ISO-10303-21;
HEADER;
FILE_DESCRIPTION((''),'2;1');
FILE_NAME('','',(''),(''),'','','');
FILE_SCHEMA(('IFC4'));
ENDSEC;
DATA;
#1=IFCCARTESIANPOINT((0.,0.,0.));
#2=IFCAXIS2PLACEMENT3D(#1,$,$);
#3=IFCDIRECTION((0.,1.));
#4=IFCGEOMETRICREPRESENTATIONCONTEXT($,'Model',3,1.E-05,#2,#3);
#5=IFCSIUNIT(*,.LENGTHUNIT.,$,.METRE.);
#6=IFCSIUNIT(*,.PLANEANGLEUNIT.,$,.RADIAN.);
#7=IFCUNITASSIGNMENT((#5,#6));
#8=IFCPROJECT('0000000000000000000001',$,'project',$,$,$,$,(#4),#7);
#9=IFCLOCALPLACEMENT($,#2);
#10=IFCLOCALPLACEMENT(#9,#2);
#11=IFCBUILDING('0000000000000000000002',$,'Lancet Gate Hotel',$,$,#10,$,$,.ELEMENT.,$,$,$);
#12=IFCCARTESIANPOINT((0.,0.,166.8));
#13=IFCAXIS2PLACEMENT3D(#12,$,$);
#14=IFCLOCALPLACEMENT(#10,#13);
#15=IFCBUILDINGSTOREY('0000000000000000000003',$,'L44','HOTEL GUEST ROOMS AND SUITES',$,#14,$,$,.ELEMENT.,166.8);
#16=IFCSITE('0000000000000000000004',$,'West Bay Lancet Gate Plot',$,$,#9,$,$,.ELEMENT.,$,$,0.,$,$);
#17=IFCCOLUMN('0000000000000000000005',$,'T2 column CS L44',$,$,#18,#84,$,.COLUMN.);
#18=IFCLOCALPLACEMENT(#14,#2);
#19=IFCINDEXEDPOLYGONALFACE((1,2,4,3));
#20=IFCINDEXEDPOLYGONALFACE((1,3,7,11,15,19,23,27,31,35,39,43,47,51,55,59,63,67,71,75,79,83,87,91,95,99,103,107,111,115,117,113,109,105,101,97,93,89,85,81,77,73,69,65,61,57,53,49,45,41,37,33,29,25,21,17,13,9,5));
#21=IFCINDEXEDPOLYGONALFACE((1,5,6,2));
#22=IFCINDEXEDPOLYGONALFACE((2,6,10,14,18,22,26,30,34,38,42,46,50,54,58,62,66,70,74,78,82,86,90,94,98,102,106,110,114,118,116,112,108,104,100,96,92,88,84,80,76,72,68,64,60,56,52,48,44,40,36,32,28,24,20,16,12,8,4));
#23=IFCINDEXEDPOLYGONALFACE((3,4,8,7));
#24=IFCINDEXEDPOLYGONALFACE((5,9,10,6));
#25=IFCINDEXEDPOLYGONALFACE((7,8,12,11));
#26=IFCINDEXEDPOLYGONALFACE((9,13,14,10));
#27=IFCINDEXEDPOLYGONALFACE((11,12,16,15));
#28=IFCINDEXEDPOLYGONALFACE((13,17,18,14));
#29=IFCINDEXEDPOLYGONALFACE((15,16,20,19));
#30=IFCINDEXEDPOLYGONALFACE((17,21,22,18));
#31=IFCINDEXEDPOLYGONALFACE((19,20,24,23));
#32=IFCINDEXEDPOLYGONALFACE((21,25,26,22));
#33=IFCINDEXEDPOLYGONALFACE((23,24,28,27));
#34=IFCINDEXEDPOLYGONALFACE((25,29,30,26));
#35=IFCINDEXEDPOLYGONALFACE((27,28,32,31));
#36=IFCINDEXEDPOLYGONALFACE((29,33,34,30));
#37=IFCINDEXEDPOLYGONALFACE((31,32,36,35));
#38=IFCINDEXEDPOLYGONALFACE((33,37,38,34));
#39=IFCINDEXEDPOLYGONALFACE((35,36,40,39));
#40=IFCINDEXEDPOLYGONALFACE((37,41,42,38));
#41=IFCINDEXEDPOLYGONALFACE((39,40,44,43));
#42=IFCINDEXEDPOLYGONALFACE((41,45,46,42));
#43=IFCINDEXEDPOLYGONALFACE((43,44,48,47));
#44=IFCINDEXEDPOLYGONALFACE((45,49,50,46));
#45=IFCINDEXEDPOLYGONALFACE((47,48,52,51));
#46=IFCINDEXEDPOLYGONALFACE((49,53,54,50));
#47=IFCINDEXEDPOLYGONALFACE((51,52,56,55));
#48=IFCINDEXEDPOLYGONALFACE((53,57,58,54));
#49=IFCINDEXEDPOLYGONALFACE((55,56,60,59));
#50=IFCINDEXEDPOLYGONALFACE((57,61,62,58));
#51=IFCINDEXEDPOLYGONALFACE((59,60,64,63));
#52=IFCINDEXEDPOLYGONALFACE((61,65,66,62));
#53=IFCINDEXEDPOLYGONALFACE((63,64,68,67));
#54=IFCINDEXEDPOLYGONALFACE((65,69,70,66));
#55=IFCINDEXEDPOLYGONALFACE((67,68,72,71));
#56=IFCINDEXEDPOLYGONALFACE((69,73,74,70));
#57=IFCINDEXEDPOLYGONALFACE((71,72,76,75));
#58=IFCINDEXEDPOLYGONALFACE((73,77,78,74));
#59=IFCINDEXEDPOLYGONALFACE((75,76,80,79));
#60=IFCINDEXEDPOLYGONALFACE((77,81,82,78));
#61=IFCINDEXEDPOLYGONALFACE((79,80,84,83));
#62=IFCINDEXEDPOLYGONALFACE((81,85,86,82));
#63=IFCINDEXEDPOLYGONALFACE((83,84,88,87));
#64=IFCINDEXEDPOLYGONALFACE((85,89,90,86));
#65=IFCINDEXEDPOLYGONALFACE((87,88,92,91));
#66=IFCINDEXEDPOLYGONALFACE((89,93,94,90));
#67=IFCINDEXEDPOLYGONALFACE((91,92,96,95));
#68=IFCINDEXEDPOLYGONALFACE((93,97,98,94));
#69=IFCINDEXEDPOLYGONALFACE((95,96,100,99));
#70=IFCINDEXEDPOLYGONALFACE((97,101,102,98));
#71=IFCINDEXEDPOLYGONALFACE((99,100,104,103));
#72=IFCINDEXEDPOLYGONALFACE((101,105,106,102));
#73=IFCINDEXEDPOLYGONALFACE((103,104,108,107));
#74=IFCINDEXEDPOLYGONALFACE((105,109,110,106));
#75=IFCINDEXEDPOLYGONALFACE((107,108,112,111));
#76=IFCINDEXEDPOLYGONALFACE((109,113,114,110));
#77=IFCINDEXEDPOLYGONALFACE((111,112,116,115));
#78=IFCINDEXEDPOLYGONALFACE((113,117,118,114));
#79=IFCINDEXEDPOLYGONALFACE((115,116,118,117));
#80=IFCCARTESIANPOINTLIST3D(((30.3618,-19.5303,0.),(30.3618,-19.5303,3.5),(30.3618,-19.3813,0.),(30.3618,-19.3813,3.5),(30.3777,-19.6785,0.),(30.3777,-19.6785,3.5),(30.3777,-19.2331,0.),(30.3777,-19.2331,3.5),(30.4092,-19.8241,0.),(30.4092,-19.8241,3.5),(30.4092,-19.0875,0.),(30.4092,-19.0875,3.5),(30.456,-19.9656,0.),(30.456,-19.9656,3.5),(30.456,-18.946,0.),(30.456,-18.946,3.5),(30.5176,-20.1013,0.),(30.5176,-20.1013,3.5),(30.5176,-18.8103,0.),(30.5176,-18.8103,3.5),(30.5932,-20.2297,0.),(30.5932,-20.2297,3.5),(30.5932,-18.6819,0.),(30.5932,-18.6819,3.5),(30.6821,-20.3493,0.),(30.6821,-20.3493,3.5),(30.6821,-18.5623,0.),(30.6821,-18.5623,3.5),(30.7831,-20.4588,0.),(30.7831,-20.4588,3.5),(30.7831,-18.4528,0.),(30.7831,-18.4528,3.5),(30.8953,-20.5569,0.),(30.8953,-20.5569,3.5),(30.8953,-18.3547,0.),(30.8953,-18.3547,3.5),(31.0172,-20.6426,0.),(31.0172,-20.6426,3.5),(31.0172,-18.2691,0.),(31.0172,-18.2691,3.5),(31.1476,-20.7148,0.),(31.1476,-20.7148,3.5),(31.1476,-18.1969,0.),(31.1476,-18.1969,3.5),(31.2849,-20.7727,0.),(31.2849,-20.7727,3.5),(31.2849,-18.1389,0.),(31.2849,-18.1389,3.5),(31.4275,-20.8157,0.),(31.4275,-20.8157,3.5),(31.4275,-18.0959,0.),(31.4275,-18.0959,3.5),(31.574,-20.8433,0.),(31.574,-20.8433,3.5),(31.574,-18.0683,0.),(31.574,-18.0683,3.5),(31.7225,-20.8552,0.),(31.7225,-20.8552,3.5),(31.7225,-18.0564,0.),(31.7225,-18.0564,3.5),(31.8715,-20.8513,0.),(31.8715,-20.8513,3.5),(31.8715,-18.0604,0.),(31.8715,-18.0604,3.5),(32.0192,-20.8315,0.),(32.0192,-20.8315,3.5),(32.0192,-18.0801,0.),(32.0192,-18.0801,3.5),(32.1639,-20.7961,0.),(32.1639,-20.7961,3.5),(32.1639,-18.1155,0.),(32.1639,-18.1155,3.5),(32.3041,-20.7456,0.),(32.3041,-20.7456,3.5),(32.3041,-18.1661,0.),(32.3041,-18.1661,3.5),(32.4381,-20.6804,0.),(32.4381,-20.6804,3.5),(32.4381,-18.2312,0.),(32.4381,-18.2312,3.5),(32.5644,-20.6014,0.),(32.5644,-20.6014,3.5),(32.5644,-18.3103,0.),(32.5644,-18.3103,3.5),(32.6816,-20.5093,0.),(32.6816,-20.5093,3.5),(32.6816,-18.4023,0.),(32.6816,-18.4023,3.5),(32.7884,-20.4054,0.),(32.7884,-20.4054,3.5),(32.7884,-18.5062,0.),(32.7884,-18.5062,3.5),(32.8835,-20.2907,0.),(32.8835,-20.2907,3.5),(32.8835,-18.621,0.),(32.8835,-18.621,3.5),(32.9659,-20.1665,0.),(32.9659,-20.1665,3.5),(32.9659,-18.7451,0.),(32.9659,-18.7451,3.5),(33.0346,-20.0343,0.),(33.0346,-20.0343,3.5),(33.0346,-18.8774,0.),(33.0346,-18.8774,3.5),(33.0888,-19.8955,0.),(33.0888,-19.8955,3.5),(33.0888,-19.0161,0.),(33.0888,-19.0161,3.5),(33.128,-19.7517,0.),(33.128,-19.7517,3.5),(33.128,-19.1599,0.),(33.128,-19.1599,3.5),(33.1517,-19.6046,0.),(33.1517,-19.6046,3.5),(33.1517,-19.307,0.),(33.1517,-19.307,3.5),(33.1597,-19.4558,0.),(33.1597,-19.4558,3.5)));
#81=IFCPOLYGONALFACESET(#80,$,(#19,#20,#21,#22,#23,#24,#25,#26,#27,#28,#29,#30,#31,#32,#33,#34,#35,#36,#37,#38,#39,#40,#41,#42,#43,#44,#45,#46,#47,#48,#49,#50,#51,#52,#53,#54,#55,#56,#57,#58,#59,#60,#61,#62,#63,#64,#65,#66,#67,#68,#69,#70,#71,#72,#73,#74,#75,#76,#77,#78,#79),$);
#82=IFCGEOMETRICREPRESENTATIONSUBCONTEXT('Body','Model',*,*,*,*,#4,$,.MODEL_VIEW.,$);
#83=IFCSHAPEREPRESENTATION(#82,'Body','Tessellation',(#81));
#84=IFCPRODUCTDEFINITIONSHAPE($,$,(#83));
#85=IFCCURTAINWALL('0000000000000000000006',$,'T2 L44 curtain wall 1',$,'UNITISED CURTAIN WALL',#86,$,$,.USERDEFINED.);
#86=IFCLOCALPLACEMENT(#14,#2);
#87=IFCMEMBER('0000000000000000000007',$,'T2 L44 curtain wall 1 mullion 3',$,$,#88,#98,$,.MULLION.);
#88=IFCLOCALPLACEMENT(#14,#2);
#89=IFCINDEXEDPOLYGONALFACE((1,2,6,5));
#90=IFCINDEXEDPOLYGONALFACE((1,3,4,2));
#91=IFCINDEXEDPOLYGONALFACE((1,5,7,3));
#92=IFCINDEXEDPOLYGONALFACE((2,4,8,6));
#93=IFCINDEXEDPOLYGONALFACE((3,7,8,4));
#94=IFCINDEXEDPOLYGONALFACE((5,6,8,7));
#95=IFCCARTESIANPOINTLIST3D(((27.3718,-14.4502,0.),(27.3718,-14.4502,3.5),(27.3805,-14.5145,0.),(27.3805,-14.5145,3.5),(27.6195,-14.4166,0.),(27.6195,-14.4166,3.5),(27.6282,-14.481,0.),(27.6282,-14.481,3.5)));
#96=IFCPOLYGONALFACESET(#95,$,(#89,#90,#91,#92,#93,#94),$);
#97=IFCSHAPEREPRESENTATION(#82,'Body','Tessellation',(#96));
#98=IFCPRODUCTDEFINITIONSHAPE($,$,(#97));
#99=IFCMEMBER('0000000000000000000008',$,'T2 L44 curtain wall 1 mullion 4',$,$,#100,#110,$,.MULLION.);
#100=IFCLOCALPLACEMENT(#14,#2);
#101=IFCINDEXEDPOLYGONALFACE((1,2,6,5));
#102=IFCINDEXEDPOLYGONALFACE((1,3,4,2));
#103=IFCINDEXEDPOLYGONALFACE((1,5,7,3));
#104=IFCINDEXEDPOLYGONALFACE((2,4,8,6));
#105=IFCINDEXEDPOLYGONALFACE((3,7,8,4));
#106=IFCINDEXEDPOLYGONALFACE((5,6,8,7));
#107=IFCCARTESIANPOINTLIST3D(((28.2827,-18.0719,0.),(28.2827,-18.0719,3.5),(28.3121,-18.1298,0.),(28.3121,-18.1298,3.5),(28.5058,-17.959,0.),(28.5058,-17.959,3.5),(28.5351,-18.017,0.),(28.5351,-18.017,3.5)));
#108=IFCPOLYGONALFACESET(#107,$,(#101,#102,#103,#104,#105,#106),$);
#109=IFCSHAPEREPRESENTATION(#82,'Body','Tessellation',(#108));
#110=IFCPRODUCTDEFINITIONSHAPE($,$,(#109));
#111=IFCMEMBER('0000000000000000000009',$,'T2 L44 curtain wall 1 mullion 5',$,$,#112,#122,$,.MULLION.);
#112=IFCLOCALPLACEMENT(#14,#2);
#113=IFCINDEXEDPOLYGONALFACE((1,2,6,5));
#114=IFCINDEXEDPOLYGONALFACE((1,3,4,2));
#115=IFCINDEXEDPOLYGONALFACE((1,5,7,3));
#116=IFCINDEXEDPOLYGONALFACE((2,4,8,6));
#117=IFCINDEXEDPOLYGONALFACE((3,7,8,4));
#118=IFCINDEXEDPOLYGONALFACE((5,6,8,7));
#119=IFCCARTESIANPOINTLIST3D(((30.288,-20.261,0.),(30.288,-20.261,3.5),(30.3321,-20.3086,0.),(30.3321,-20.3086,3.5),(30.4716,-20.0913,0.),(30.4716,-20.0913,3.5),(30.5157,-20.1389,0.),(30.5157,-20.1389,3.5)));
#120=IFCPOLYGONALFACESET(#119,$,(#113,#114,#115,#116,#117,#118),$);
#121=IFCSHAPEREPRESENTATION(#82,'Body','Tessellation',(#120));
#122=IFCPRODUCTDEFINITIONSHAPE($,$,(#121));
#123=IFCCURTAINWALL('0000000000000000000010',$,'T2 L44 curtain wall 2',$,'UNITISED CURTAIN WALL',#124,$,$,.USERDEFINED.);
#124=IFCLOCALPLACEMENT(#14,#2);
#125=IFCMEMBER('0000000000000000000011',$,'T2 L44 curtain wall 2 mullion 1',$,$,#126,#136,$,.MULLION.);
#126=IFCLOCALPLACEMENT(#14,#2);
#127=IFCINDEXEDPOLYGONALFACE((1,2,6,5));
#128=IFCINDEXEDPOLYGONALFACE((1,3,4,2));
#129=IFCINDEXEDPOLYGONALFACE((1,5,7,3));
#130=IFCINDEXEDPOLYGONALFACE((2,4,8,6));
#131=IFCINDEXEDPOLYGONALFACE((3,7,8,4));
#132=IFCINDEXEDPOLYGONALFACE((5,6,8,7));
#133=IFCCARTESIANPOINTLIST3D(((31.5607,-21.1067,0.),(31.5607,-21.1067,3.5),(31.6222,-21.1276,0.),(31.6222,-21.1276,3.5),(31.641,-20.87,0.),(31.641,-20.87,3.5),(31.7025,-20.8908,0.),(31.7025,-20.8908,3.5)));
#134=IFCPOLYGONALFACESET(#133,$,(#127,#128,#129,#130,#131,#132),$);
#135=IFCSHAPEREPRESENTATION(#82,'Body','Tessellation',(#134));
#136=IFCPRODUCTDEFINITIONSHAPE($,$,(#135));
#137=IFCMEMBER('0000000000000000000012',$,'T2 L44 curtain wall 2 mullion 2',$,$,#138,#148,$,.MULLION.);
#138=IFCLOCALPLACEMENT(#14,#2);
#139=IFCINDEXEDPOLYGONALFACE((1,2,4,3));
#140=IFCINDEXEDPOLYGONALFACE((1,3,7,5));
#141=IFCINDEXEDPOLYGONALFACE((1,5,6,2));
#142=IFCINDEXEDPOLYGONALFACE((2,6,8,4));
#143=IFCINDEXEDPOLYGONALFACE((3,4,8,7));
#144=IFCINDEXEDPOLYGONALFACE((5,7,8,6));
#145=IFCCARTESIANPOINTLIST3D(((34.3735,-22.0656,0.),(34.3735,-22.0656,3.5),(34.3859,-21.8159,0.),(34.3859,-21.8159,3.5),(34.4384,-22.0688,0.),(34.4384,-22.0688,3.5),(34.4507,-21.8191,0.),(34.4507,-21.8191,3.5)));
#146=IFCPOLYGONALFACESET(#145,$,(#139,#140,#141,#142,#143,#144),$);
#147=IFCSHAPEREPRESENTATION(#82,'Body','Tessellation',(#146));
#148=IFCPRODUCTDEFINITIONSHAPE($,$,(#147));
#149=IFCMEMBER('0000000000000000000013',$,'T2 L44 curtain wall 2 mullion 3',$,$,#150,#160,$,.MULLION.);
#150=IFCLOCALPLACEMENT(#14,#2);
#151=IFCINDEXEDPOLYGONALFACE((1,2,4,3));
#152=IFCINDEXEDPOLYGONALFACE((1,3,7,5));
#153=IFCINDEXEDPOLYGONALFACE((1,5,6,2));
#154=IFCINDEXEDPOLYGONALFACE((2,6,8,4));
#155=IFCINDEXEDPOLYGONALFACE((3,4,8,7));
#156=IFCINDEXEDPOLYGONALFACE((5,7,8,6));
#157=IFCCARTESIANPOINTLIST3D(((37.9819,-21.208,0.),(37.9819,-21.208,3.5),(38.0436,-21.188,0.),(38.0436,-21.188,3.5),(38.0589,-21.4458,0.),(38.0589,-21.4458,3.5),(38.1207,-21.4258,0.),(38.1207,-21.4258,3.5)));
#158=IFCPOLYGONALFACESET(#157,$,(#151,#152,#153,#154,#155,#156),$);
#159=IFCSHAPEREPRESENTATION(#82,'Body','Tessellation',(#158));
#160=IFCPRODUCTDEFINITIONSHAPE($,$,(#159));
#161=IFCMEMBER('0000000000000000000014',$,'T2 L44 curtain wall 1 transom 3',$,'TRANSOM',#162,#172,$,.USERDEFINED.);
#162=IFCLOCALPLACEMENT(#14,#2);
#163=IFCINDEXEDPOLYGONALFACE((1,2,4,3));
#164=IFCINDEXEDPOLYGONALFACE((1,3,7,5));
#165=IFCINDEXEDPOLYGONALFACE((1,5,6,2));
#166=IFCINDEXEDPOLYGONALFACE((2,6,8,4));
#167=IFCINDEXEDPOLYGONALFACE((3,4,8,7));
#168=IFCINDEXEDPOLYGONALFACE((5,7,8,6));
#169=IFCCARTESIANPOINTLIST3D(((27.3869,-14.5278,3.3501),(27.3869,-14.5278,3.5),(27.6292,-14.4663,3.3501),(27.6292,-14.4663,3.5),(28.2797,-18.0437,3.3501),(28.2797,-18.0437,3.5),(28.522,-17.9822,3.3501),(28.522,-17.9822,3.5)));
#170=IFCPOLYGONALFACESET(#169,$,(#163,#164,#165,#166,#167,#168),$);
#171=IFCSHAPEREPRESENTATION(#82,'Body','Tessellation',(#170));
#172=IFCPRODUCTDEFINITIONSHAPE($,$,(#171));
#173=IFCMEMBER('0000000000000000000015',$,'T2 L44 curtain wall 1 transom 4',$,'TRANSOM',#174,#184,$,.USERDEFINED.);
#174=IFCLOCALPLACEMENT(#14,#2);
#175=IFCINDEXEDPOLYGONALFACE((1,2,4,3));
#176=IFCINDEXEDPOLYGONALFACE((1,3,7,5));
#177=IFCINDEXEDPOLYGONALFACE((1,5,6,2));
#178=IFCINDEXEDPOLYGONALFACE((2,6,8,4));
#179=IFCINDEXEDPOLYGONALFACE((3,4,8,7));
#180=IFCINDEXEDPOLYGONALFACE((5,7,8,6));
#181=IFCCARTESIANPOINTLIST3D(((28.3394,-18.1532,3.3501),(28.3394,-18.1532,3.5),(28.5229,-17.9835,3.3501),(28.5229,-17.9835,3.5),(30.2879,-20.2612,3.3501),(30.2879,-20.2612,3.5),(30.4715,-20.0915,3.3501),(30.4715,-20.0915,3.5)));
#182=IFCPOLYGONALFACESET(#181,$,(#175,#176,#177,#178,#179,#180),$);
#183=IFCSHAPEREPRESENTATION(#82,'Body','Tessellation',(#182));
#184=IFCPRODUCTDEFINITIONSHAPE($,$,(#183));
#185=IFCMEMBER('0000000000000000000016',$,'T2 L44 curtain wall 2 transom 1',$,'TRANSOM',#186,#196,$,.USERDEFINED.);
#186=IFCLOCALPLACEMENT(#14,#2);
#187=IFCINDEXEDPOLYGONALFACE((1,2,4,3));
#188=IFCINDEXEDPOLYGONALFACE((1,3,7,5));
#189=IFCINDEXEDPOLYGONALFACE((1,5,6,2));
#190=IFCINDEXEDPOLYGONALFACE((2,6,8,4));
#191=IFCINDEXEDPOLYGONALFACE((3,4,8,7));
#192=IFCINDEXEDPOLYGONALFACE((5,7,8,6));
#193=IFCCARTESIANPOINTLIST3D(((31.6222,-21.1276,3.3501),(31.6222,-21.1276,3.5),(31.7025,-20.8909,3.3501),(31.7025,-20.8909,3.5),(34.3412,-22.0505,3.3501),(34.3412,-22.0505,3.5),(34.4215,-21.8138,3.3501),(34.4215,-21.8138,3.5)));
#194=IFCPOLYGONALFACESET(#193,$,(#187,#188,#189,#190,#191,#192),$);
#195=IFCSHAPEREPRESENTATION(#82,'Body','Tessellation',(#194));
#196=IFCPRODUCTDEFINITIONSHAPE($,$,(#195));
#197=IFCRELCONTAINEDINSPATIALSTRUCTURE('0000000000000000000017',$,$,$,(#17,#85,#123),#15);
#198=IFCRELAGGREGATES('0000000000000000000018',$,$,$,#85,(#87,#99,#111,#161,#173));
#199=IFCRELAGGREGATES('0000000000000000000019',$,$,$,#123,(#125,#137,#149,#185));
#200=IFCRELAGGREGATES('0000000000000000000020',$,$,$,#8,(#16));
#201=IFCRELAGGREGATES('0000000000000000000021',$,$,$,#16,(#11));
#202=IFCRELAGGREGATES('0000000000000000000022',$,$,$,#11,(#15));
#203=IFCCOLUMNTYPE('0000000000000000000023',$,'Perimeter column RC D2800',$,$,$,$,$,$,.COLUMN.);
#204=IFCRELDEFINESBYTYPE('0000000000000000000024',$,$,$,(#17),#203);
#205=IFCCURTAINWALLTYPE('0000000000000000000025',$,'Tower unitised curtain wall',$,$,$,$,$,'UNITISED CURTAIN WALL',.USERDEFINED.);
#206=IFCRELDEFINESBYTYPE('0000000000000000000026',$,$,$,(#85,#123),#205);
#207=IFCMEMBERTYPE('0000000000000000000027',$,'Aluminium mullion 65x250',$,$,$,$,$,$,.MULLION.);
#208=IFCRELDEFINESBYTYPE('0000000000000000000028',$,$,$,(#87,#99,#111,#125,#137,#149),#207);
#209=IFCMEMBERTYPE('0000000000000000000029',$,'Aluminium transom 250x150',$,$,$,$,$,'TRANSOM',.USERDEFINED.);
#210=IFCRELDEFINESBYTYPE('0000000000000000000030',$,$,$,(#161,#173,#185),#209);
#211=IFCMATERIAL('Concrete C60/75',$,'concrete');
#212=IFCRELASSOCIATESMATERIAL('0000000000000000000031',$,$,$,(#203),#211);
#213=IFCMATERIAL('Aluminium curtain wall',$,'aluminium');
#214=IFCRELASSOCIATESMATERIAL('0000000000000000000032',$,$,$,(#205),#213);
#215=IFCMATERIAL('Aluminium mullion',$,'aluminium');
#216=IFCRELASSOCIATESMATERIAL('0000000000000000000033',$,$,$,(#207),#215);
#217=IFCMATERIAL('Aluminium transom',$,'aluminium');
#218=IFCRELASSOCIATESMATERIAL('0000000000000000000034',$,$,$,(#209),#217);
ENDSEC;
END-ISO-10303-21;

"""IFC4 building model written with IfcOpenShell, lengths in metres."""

from ifc_helpers import new_model, si_unit, direction, frame, origin, origin_2d, place, context, subcontext, project, spatial, rectangle, circle, extrude, material, material_profile, profile_set, type_object, element, aggregate, save


model = new_model("IFC4")

# Units and contexts
model_context = context("Model", 3, precision=1e-05, world=origin(), true_north=direction((0.0, 1.0)))
body_context = subcontext(model_context, "Body", "Model", "MODEL_VIEW")
ifc_project = project(units=[si_unit("LENGTHUNIT", "METRE"), si_unit("PLANEANGLEUNIT", "RADIAN")], contexts=[model_context])

# Site, building, storey
site_placement = place(None, origin())
site = spatial("IfcSite", under=ifc_project, at=site_placement, Name="West Bay Lancet Gate Plot", CompositionType="ELEMENT", RefElevation=0.0)
building_placement = place(site_placement, origin())
building = spatial("IfcBuilding", under=site, at=building_placement, Name="Lancet Gate Hotel", CompositionType="ELEMENT")
storey_placement = place(building_placement, frame((0.0, 0.0, 166.8)))
storey = spatial("IfcBuildingStorey", under=building, at=storey_placement, Name="L44", Description="HOTEL GUEST ROOMS AND SUITES", CompositionType="ELEMENT", Elevation=166.8)

# Column
ifc_material_1 = material(Name="Concrete C60/75", Category="concrete")
ifc_material_profile_1 = material_profile(ifc_material_1, circle(Radius=1.3999, at=origin_2d()), Name="RC D2800")
ifc_profile_set_1 = profile_set([ifc_material_profile_1], Name="Concrete C60/75")
column_type = type_object("IfcColumnType", Name="Perimeter column RC D2800", PredefinedType="COLUMN", material=ifc_profile_set_1)
column_placement = place(storey_placement, frame((31.7598, -19.4558, 0.0), z_axis=(0.0, 0.0, 1.0), x_axis=(1.0, 0.0, 0.0)))
element("IfcColumn", 1, at=column_placement, inside=storey, type_object=column_type, Name="T2 column CS L44", PredefinedType="COLUMN", context=body_context, shape_type="SweptSolid", body=[
    extrude(circle(Radius=1.3999, at=origin_2d()), origin(), (0.0, 0.0, 1.0), 3.5),
])

# Curtain walls, members
ifc_material_2 = material(Name="Aluminium curtain wall", Category="aluminium")
curtain_wall_type = type_object("IfcCurtainWallType", Name="Tower unitised curtain wall", ElementType="UNITISED CURTAIN WALL", PredefinedType="USERDEFINED", material=ifc_material_2)
curtain_wall_1_placement = place(storey_placement, origin())
curtain_wall_1 = element("IfcCurtainWall", 2, at=curtain_wall_1_placement, inside=storey, type_object=curtain_wall_type, Name="T2 L44 curtain wall 1", ObjectType="UNITISED CURTAIN WALL", PredefinedType="USERDEFINED")
ifc_material_3 = material(Name="Aluminium mullion", Category="aluminium")
ifc_material_profile_2 = material_profile(ifc_material_3, rectangle(XDim=0.0649, YDim=0.25, at=origin_2d()), Name="MULLION 65x250")
ifc_profile_set_2 = profile_set([ifc_material_profile_2], Name="Aluminium mullion")
member_type_1 = type_object("IfcMemberType", Name="Aluminium mullion 65x250", PredefinedType="MULLION", material=ifc_profile_set_2)
member_1_placement = place(storey_placement, frame((27.5, -14.4656, 0.0), z_axis=(0.0, 0.0, 1.0), x_axis=(0.134207, -0.990953, 0.0)))
member_1 = element("IfcMember", 3, at=member_1_placement, type_object=member_type_1, Name="T2 L44 curtain wall 1 mullion 3", PredefinedType="MULLION", context=body_context, shape_type="SweptSolid", body=[
    extrude(rectangle(XDim=0.0649, YDim=0.25, at=origin_2d()), origin(), (0.0, 0.0, 1.0), 3.5),
])
member_2_placement = place(storey_placement, frame((28.4089, -18.0444, 0.0), z_axis=(0.0, 0.0, 1.0), x_axis=(0.451506, -0.892268, 0.0)))
member_2 = element("IfcMember", 4, at=member_2_placement, type_object=member_type_1, Name="T2 L44 curtain wall 1 mullion 4", PredefinedType="MULLION", context=body_context, shape_type="SweptSolid", body=[
    extrude(rectangle(XDim=0.0649, YDim=0.25, at=origin_2d()), origin(), (0.0, 0.0, 1.0), 3.5),
])
member_3_placement = place(storey_placement, frame((30.4019, -20.2, 0.0), z_axis=(0.0, 0.0, 1.0), x_axis=(0.678831, -0.734294, 0.0)))
member_3 = element("IfcMember", 5, at=member_3_placement, type_object=member_type_1, Name="T2 L44 curtain wall 1 mullion 5", PredefinedType="MULLION", context=body_context, shape_type="SweptSolid", body=[
    extrude(rectangle(XDim=0.0649, YDim=0.25, at=origin_2d()), origin(), (0.0, 0.0, 1.0), 3.5),
])
curtain_wall_2_placement = place(storey_placement, origin())
curtain_wall_2 = element("IfcCurtainWall", 6, at=curtain_wall_2_placement, inside=storey, type_object=curtain_wall_type, Name="T2 L44 curtain wall 2", ObjectType="UNITISED CURTAIN WALL", PredefinedType="USERDEFINED")
member_4_placement = place(storey_placement, frame((31.6316, -20.9988, 0.0), z_axis=(0.0, 0.0, 1.0), x_axis=(0.946952, -0.321374, 0.0)))
member_4 = element("IfcMember", 7, at=member_4_placement, type_object=member_type_1, Name="T2 L44 curtain wall 2 mullion 1", PredefinedType="MULLION", context=body_context, shape_type="SweptSolid", body=[
    extrude(rectangle(XDim=0.0649, YDim=0.25, at=origin_2d()), origin(), (0.0, 0.0, 1.0), 3.5),
])
member_5_placement = place(storey_placement, frame((34.4121, -21.9424, 0.0), z_axis=(0.0, 0.0, 1.0), x_axis=(0.998776, -0.049471, 0.0)))
member_5 = element("IfcMember", 8, at=member_5_placement, type_object=member_type_1, Name="T2 L44 curtain wall 2 mullion 2", PredefinedType="MULLION", context=body_context, shape_type="SweptSolid", body=[
    extrude(rectangle(XDim=0.0649, YDim=0.25, at=origin_2d()), origin(), (0.0, 0.0, 1.0), 3.5),
])
member_6_placement = place(storey_placement, frame((38.0513, -21.3169, 0.0), z_axis=(0.0, 0.0, 1.0), x_axis=(0.951355, 0.308095, 0.0)))
member_6 = element("IfcMember", 9, at=member_6_placement, type_object=member_type_1, Name="T2 L44 curtain wall 2 mullion 3", PredefinedType="MULLION", context=body_context, shape_type="SweptSolid", body=[
    extrude(rectangle(XDim=0.0649, YDim=0.25, at=origin_2d()), origin(), (0.0, 0.0, 1.0), 3.5),
])

# Members
ifc_material_4 = material(Name="Aluminium transom", Category="aluminium")
ifc_material_profile_3 = material_profile(ifc_material_4, rectangle(XDim=0.25, YDim=0.1499, at=origin_2d()), Name="TRANSOM 250x150")
ifc_profile_set_3 = profile_set([ifc_material_profile_3], Name="Aluminium transom")
member_type_2 = type_object("IfcMemberType", Name="Aluminium transom 250x150", ElementType="TRANSOM", PredefinedType="USERDEFINED", material=ifc_profile_set_3)
member_7_placement = place(storey_placement, frame((27.5081, -14.4971, 3.425), z_axis=(0.246129, -0.969237, 0.0), x_axis=(0.969237, 0.246129, 0.0)))
member_7 = element("IfcMember", 10, at=member_7_placement, type_object=member_type_2, Name="T2 L44 curtain wall 1 transom 3", ObjectType="TRANSOM", PredefinedType="USERDEFINED", context=body_context, shape_type="SweptSolid", body=[
    extrude(rectangle(XDim=0.25, YDim=0.1499, at=origin_2d()), origin(), (0.0, 0.0, 1.0), 3.6274),
])
member_8_placement = place(storey_placement, frame((28.4312, -18.0684, 3.425), z_axis=(0.678792, -0.73433, 0.0), x_axis=(0.73433, 0.678792, 0.0)))
member_8 = element("IfcMember", 11, at=member_8_placement, type_object=member_type_2, Name="T2 L44 curtain wall 1 transom 4", ObjectType="TRANSOM", PredefinedType="USERDEFINED", context=body_context, shape_type="SweptSolid", body=[
    extrude(rectangle(XDim=0.25, YDim=0.1499, at=origin_2d()), origin(), (0.0, 0.0, 1.0), 2.8706),
])
member_9_placement = place(storey_placement, frame((31.6624, -21.0093, 3.425), z_axis=(0.946943, -0.321401, 0.0), x_axis=(0.321401, 0.946943, 0.0)))
member_9 = element("IfcMember", 12, at=member_9_placement, type_object=member_type_2, Name="T2 L44 curtain wall 2 transom 1", ObjectType="TRANSOM", PredefinedType="USERDEFINED", context=body_context, shape_type="SweptSolid", body=[
    extrude(rectangle(XDim=0.25, YDim=0.1499, at=origin_2d()), origin(), (0.0, 0.0, 1.0), 2.8713),
])

aggregate(curtain_wall_1, [member_1, member_2, member_3, member_7, member_8])
aggregate(curtain_wall_2, [member_4, member_5, member_6, member_9])

save(model, "model.ifc")
